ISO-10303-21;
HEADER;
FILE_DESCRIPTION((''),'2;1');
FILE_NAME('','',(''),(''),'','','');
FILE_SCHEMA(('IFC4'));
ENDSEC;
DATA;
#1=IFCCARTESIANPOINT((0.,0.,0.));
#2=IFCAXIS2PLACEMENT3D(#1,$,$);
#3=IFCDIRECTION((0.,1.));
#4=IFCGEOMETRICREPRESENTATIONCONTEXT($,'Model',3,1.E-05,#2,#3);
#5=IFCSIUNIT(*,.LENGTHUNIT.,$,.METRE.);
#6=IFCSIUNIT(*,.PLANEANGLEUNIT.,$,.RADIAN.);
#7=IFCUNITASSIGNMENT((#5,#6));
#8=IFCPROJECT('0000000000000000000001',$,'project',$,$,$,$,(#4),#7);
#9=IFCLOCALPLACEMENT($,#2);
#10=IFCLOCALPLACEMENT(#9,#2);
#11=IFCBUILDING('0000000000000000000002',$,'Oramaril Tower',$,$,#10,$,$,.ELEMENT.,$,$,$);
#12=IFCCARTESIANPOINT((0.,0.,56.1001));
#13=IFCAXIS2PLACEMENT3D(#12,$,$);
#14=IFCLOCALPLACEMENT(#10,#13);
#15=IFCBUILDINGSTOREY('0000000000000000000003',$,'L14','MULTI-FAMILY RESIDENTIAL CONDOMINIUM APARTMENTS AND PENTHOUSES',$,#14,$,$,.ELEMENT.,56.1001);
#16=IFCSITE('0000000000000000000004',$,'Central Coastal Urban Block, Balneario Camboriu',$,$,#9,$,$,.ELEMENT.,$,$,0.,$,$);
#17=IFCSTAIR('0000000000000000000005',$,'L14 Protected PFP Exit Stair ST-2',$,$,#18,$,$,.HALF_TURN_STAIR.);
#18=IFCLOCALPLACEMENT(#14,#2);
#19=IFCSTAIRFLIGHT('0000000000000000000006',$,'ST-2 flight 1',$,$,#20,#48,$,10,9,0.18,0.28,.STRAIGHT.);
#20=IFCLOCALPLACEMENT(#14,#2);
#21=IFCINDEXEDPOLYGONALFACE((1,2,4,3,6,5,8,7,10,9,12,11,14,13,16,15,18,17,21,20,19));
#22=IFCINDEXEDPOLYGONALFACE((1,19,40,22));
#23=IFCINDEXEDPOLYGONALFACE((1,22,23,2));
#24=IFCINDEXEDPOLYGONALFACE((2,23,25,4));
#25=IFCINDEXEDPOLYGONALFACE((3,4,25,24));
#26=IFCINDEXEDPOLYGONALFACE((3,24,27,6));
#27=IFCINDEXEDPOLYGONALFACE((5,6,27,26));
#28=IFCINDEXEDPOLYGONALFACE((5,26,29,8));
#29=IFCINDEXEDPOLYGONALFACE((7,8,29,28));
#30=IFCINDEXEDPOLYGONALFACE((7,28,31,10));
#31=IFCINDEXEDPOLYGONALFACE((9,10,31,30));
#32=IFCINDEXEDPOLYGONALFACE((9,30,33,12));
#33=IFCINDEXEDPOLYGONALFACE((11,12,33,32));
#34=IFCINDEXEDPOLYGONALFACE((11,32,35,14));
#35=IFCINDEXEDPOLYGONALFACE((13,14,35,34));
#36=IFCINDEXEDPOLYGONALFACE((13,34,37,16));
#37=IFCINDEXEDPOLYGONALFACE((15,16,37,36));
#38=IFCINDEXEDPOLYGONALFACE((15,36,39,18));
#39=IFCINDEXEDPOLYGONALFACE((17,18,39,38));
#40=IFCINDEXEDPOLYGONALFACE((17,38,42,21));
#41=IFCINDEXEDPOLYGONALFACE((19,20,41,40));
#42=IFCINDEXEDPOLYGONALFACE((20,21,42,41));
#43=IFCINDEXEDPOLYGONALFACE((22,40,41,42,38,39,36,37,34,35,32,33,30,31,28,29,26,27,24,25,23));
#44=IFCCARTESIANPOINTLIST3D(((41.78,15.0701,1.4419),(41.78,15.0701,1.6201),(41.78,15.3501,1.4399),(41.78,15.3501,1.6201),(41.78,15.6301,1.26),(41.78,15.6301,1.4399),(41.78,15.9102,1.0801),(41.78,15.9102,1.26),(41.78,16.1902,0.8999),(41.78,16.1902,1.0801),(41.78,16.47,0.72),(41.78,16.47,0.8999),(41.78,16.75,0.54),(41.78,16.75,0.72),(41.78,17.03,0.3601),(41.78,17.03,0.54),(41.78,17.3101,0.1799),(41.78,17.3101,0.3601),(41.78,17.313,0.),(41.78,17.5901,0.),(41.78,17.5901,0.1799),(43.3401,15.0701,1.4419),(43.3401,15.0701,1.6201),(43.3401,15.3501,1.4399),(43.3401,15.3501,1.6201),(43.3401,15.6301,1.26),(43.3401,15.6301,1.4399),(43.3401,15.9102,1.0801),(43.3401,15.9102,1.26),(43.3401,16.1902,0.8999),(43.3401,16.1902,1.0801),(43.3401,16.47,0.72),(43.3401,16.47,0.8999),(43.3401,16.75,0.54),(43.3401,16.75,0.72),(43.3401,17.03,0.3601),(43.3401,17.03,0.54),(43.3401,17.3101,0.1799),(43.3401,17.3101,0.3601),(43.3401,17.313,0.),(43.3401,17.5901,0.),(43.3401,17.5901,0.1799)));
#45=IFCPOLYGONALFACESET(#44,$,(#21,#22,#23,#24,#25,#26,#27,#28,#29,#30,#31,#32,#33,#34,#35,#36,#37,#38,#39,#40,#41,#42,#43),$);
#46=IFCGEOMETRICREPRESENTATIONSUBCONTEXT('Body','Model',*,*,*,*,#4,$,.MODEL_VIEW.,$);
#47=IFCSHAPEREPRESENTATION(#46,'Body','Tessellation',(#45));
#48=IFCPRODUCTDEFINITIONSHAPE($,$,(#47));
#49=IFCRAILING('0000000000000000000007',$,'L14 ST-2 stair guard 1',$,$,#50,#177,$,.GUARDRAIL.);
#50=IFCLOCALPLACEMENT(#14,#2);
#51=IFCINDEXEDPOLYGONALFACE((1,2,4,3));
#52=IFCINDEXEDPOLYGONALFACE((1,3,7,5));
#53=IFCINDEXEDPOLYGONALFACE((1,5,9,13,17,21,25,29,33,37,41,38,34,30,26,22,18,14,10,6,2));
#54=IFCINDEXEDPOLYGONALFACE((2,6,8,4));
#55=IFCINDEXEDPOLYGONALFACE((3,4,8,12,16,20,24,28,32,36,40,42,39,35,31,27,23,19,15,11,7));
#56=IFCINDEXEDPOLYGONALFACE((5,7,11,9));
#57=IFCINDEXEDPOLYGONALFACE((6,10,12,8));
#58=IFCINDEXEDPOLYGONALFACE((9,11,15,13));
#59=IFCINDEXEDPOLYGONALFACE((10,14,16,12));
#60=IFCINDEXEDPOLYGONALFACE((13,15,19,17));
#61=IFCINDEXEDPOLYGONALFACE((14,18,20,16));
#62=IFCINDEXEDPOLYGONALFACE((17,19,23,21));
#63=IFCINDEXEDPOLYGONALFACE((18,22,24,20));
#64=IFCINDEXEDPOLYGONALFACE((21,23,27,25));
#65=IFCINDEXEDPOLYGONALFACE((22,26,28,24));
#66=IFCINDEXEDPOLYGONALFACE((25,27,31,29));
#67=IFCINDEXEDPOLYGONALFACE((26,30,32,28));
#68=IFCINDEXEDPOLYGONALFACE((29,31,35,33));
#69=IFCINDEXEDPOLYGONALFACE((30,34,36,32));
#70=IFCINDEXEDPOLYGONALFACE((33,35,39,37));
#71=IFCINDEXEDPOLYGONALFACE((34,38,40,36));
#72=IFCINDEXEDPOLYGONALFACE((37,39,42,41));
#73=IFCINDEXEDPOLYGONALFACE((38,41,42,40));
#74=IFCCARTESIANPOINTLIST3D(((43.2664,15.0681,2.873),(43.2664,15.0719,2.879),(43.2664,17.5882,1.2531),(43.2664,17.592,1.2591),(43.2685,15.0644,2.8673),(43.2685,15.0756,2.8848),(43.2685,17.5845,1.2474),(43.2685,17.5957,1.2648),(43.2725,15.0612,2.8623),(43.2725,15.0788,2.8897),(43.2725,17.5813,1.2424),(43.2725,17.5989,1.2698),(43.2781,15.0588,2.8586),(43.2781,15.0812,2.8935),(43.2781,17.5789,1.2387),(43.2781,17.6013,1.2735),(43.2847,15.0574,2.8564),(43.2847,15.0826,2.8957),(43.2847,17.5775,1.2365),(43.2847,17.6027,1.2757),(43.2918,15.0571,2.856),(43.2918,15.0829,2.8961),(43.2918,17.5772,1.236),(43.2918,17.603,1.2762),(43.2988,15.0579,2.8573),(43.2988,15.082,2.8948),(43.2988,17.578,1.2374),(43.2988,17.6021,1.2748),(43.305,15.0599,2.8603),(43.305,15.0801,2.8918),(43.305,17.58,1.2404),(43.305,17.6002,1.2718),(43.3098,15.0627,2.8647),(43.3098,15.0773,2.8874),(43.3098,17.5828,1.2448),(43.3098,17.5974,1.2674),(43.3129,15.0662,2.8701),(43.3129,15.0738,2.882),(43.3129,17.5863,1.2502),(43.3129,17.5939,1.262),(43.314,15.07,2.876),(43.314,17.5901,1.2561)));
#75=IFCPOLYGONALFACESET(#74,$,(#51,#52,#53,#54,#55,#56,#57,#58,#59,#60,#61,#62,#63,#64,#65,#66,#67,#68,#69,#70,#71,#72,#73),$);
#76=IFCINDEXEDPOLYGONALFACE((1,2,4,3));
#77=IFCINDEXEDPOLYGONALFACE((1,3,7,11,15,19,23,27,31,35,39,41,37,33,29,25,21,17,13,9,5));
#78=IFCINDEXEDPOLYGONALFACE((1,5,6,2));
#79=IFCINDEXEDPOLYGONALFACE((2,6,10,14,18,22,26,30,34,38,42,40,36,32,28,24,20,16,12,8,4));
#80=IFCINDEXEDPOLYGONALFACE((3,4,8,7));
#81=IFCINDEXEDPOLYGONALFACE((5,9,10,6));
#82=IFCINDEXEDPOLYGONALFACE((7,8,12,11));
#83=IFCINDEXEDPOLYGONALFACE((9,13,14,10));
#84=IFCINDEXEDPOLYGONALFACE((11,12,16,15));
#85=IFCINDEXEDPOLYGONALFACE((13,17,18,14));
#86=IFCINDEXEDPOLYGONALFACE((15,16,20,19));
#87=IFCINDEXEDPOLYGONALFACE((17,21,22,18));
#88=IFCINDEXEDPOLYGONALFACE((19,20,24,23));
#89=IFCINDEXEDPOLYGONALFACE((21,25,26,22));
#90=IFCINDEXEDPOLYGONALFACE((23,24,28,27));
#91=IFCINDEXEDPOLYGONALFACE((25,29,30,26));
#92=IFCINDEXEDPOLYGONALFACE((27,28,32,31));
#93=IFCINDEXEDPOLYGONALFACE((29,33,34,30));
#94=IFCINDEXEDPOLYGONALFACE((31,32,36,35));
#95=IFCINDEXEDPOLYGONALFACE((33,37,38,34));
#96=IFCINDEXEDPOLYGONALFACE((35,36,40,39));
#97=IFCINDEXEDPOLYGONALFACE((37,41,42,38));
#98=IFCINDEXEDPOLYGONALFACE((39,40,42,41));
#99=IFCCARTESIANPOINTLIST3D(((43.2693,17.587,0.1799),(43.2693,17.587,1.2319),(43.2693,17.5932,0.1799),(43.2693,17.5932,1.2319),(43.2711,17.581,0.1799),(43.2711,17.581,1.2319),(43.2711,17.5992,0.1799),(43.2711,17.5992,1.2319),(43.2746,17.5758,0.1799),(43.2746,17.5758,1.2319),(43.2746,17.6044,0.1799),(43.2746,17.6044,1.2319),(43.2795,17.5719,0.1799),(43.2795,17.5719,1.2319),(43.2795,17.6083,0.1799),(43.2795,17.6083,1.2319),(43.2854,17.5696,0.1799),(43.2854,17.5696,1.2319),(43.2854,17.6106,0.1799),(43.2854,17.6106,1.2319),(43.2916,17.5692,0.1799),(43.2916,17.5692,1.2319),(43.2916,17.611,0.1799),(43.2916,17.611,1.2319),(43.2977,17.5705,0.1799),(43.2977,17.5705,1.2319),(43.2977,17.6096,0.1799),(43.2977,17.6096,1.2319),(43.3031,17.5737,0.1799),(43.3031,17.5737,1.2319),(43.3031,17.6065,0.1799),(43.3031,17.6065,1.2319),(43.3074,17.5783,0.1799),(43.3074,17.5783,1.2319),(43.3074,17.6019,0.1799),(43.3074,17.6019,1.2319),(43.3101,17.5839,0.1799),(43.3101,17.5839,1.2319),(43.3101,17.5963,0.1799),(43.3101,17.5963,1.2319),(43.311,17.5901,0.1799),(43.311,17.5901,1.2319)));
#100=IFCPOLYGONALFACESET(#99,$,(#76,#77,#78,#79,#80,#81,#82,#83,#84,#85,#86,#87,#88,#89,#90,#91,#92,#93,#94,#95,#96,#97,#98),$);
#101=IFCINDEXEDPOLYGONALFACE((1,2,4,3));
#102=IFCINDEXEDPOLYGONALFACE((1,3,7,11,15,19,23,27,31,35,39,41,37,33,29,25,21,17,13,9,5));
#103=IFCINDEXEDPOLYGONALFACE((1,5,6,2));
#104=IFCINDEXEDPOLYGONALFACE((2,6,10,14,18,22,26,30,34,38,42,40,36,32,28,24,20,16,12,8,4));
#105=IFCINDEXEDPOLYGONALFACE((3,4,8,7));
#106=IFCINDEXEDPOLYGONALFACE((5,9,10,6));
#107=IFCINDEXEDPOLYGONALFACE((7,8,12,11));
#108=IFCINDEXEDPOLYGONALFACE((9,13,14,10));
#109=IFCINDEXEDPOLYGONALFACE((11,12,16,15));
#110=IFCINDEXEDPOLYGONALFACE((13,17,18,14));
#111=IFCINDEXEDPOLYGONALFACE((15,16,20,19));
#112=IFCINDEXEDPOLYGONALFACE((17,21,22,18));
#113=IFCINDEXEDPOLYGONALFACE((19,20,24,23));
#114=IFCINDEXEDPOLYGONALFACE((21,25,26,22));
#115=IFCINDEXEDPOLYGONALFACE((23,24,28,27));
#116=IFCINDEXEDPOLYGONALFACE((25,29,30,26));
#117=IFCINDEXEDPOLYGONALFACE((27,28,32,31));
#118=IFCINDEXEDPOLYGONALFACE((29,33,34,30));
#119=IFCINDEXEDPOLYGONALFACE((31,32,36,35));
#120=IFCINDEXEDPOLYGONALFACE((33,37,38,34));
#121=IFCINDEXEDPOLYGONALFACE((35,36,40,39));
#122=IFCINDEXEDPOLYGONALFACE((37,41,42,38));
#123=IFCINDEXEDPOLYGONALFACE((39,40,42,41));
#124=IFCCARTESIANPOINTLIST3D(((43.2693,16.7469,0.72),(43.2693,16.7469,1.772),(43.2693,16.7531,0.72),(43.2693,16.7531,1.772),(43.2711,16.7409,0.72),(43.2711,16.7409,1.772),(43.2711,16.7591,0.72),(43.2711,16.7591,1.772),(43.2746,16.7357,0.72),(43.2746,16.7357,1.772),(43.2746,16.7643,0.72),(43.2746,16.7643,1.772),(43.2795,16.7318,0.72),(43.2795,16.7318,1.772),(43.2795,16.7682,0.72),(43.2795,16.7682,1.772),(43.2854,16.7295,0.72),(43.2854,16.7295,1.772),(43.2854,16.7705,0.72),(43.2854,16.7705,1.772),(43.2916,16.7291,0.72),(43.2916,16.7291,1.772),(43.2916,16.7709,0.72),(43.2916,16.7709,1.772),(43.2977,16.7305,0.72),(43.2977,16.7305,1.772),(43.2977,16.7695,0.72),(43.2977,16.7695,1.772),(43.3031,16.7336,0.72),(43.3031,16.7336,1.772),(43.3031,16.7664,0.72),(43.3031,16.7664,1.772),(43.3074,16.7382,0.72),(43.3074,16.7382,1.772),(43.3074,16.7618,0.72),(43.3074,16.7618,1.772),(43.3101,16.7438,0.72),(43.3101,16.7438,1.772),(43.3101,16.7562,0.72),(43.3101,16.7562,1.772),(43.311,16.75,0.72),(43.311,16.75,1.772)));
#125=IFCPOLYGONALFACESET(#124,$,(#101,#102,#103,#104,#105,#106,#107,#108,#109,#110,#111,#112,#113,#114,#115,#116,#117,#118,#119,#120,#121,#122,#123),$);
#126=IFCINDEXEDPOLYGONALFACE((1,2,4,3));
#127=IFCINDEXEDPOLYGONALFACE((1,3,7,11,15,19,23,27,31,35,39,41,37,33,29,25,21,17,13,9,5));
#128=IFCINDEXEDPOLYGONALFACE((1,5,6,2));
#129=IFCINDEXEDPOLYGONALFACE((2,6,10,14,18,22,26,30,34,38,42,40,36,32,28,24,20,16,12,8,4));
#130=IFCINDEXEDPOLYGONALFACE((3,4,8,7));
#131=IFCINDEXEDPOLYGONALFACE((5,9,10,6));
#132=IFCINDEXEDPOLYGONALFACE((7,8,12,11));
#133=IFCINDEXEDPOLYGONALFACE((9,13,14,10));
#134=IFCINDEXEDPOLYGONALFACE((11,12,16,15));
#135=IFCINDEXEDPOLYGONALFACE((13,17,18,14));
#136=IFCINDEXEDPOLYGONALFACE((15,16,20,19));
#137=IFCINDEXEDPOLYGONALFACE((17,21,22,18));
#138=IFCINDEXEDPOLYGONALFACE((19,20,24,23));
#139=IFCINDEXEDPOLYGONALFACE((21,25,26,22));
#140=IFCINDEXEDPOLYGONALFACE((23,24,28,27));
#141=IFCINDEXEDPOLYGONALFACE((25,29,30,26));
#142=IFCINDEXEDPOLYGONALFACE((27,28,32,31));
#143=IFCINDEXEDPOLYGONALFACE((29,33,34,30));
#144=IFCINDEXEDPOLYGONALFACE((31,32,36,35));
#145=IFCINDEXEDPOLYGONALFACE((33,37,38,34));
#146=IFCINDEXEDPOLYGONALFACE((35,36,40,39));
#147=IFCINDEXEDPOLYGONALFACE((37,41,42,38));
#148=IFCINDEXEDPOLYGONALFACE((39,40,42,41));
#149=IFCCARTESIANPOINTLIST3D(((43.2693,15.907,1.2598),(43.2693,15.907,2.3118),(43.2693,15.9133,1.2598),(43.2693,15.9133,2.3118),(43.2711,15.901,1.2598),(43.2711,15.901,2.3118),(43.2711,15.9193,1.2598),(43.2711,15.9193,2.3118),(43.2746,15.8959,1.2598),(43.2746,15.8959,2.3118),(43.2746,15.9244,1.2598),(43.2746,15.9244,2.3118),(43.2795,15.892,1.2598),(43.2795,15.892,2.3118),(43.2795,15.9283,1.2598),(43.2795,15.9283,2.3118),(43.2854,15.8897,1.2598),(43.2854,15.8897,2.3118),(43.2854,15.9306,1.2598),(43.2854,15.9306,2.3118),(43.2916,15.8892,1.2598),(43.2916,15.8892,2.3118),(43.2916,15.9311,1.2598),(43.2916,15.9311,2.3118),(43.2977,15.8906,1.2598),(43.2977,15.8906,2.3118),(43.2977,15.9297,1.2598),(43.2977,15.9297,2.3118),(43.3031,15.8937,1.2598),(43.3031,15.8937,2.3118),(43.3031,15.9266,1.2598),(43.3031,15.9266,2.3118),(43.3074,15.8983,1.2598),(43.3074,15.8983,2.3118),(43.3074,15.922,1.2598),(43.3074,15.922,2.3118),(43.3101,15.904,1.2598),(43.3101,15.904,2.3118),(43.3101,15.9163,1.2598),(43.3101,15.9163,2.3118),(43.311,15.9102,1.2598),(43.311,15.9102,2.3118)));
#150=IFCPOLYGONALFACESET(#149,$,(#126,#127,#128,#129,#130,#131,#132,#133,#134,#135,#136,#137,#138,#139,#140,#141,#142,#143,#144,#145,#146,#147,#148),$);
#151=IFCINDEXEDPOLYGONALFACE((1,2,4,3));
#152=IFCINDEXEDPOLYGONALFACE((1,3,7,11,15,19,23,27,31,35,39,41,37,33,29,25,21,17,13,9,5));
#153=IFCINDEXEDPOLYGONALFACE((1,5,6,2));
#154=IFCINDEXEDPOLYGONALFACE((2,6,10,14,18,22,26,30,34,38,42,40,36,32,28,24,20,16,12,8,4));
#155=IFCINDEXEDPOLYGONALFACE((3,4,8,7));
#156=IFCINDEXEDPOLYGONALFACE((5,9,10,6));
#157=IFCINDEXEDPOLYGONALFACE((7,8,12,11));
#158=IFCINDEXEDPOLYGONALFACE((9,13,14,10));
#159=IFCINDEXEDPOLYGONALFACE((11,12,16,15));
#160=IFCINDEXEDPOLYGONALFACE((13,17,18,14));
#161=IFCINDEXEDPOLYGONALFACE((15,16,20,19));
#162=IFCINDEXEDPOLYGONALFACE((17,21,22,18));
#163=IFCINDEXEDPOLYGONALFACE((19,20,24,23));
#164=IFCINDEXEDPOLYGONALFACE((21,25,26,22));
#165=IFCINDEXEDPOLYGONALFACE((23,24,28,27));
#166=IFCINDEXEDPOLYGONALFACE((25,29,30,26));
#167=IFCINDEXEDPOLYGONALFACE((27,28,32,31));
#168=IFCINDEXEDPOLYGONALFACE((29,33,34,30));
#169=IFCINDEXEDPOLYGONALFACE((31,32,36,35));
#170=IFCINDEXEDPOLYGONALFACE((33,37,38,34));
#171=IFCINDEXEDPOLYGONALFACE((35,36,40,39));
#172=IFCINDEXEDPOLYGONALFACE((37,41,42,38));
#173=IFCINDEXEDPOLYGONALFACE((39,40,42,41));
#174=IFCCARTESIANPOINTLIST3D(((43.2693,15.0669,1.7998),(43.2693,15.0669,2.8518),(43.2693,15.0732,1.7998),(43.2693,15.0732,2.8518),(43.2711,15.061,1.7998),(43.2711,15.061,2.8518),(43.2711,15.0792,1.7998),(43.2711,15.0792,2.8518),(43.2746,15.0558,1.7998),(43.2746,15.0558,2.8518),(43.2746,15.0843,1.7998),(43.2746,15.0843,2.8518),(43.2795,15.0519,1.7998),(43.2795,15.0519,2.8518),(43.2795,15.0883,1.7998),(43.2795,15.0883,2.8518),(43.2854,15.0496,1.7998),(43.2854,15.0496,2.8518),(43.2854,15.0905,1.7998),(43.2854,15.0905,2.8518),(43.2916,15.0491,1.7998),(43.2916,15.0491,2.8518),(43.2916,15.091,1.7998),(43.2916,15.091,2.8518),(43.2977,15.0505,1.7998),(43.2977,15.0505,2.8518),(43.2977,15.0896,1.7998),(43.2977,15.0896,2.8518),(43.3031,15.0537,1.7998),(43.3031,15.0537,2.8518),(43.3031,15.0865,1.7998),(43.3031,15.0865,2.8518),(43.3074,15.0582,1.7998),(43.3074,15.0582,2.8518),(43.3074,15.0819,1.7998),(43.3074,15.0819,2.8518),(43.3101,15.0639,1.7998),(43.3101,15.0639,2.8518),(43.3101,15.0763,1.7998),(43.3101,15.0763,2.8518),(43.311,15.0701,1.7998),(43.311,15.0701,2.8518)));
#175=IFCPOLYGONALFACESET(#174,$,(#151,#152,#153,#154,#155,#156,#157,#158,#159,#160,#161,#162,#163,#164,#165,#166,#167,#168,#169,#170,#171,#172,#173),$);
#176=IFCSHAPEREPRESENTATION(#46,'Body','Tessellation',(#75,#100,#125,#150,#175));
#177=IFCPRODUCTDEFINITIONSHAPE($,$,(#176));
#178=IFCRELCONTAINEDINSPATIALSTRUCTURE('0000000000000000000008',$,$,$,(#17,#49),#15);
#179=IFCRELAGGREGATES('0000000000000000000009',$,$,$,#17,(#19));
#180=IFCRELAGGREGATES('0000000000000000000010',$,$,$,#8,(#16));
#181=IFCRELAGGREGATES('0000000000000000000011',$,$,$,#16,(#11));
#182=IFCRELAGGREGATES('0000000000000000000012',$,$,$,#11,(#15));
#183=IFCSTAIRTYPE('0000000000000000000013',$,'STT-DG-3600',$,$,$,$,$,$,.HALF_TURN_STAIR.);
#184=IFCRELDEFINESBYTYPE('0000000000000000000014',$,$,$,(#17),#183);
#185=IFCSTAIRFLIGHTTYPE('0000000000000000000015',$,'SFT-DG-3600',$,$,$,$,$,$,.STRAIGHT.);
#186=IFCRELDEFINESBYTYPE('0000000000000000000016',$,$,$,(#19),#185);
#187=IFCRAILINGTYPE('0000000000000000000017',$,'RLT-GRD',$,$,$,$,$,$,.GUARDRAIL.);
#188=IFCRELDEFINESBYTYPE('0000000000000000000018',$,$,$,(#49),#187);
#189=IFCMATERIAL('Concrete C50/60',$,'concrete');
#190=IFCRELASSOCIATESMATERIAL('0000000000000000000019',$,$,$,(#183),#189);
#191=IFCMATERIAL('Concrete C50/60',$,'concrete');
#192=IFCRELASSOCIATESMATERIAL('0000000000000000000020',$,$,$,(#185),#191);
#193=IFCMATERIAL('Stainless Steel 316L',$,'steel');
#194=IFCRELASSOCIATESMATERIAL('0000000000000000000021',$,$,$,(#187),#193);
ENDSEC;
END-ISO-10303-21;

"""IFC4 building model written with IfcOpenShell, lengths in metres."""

from ifc_helpers import new_model, si_unit, direction, frame, origin, origin_2d, place, context, subcontext, project, spatial, polyline, circle, outline, extrude, material, type_object, element, aggregate, save


model = new_model("IFC4")

# Units and contexts
model_context = context("Model", 3, precision=1e-05, world=origin(), true_north=direction((0.0, 1.0)))
body_context = subcontext(model_context, "Body", "Model", "MODEL_VIEW")
ifc_project = project(units=[si_unit("LENGTHUNIT", "METRE"), si_unit("PLANEANGLEUNIT", "RADIAN")], contexts=[model_context])

# Site, building, storey
site_placement = place(None, origin())
site = spatial("IfcSite", under=ifc_project, at=site_placement, Name="Central Coastal Urban Block, Balneario Camboriu", CompositionType="ELEMENT", RefElevation=0.0)
building_placement = place(site_placement, origin())
building = spatial("IfcBuilding", under=site, at=building_placement, Name="Oramaril Tower", CompositionType="ELEMENT")
storey_placement = place(building_placement, frame((0.0, 0.0, 56.1001)))
storey = spatial("IfcBuildingStorey", under=building, at=storey_placement, Name="L14", Description="MULTI-FAMILY RESIDENTIAL CONDOMINIUM APARTMENTS AND PENTHOUSES", CompositionType="ELEMENT", Elevation=56.1001)

# Stair, stair flight
ifc_material_1 = material(Name="Concrete C50/60", Category="concrete")
stair_type = type_object("IfcStairType", Name="STT-DG-3600", PredefinedType="HALF_TURN_STAIR", material=ifc_material_1)
stair_placement = place(storey_placement, origin())
stair = element("IfcStair", 1, at=stair_placement, inside=storey, type_object=stair_type, Name="L14 Protected PFP Exit Stair ST-2", PredefinedType="HALF_TURN_STAIR")
ifc_material_2 = material(Name="Concrete C50/60", Category="concrete")
stair_flight_type = type_object("IfcStairFlightType", Name="SFT-DG-3600", PredefinedType="STRAIGHT", material=ifc_material_2)
stair_flight_placement = place(storey_placement, frame((42.5601, 17.5901, 0.0), z_axis=(0.0, 0.0, 1.0), x_axis=(0.0, -1.0, 0.0)))
stair_flight = element("IfcStairFlight", 2, at=stair_flight_placement, type_object=stair_flight_type, Name="ST-2 flight 1", NumberOfRisers=10, NumberOfTreads=9, PredefinedType="STRAIGHT", RiserHeight=0.18, TreadLength=0.28, context=body_context, shape_type="SweptSolid", body=[
    extrude(outline(polyline([(0.0, 0.0), (0.0, 0.1799), (0.28, 0.1799), (0.28, 0.3601), (0.5601, 0.3601), (0.5601, 0.54), (0.8401, 0.54), (0.8401, 0.72), (1.1201, 0.72), (1.1201, 0.8999), (1.3999, 0.8999), (1.3999, 1.0801), (1.6799, 1.0801), (1.6799, 1.26), (1.96, 1.26), (1.96, 1.4399), (2.24, 1.4399), (2.24, 1.6201), (2.52, 1.6201), (2.52, 1.8), (2.52, 1.4419), (0.2771, 0.0), (0.0, 0.0)])), frame((0.0, 0.78, 0.0), z_axis=(0.0, -1.0, 0.0), x_axis=(1.0, 0.0, 0.0)), (0.0, 0.0, 1.0), 1.5601),
])
aggregate(stair, [stair_flight])

# Railing
ifc_material_3 = material(Name="Stainless Steel 316L", Category="steel")
railing_type_1 = type_object("IfcRailingType", Name="RLT-GRD", PredefinedType="GUARDRAIL", material=ifc_material_3)
railing_1_placement = place(storey_placement, frame((43.29, 17.5901, 0.1799)))
element("IfcRailing", 3, at=railing_1_placement, inside=storey, type_object=railing_type_1, Name="L14 ST-2 stair guard 1", PredefinedType="GUARDRAIL", context=body_context, shape_type="SweptSolid", body=[
    extrude(circle(Radius=0.0239, at=origin_2d()), frame((0.0, 0.0, 1.0762), z_axis=(0.0, -0.8412, 0.540725), x_axis=(1.0, 0.0, 0.0)), (0.0, 0.0, 1.0), 2.9958),
    extrude(circle(Radius=0.021, at=origin_2d()), origin(), (0.0, 0.0, 1.0), 1.052),
    extrude(circle(Radius=0.021, at=origin_2d()), frame((0.0, -0.8401, 0.54)), (0.0, 0.0, 1.0), 1.052),
    extrude(circle(Radius=0.021, at=origin_2d()), frame((0.0, -1.6799, 1.0798)), (0.0, 0.0, 1.0), 1.052),
    extrude(circle(Radius=0.021, at=origin_2d()), frame((0.0, -2.52, 1.6199)), (0.0, 0.0, 1.0), 1.052),
])

save(model, "model.ifc")
